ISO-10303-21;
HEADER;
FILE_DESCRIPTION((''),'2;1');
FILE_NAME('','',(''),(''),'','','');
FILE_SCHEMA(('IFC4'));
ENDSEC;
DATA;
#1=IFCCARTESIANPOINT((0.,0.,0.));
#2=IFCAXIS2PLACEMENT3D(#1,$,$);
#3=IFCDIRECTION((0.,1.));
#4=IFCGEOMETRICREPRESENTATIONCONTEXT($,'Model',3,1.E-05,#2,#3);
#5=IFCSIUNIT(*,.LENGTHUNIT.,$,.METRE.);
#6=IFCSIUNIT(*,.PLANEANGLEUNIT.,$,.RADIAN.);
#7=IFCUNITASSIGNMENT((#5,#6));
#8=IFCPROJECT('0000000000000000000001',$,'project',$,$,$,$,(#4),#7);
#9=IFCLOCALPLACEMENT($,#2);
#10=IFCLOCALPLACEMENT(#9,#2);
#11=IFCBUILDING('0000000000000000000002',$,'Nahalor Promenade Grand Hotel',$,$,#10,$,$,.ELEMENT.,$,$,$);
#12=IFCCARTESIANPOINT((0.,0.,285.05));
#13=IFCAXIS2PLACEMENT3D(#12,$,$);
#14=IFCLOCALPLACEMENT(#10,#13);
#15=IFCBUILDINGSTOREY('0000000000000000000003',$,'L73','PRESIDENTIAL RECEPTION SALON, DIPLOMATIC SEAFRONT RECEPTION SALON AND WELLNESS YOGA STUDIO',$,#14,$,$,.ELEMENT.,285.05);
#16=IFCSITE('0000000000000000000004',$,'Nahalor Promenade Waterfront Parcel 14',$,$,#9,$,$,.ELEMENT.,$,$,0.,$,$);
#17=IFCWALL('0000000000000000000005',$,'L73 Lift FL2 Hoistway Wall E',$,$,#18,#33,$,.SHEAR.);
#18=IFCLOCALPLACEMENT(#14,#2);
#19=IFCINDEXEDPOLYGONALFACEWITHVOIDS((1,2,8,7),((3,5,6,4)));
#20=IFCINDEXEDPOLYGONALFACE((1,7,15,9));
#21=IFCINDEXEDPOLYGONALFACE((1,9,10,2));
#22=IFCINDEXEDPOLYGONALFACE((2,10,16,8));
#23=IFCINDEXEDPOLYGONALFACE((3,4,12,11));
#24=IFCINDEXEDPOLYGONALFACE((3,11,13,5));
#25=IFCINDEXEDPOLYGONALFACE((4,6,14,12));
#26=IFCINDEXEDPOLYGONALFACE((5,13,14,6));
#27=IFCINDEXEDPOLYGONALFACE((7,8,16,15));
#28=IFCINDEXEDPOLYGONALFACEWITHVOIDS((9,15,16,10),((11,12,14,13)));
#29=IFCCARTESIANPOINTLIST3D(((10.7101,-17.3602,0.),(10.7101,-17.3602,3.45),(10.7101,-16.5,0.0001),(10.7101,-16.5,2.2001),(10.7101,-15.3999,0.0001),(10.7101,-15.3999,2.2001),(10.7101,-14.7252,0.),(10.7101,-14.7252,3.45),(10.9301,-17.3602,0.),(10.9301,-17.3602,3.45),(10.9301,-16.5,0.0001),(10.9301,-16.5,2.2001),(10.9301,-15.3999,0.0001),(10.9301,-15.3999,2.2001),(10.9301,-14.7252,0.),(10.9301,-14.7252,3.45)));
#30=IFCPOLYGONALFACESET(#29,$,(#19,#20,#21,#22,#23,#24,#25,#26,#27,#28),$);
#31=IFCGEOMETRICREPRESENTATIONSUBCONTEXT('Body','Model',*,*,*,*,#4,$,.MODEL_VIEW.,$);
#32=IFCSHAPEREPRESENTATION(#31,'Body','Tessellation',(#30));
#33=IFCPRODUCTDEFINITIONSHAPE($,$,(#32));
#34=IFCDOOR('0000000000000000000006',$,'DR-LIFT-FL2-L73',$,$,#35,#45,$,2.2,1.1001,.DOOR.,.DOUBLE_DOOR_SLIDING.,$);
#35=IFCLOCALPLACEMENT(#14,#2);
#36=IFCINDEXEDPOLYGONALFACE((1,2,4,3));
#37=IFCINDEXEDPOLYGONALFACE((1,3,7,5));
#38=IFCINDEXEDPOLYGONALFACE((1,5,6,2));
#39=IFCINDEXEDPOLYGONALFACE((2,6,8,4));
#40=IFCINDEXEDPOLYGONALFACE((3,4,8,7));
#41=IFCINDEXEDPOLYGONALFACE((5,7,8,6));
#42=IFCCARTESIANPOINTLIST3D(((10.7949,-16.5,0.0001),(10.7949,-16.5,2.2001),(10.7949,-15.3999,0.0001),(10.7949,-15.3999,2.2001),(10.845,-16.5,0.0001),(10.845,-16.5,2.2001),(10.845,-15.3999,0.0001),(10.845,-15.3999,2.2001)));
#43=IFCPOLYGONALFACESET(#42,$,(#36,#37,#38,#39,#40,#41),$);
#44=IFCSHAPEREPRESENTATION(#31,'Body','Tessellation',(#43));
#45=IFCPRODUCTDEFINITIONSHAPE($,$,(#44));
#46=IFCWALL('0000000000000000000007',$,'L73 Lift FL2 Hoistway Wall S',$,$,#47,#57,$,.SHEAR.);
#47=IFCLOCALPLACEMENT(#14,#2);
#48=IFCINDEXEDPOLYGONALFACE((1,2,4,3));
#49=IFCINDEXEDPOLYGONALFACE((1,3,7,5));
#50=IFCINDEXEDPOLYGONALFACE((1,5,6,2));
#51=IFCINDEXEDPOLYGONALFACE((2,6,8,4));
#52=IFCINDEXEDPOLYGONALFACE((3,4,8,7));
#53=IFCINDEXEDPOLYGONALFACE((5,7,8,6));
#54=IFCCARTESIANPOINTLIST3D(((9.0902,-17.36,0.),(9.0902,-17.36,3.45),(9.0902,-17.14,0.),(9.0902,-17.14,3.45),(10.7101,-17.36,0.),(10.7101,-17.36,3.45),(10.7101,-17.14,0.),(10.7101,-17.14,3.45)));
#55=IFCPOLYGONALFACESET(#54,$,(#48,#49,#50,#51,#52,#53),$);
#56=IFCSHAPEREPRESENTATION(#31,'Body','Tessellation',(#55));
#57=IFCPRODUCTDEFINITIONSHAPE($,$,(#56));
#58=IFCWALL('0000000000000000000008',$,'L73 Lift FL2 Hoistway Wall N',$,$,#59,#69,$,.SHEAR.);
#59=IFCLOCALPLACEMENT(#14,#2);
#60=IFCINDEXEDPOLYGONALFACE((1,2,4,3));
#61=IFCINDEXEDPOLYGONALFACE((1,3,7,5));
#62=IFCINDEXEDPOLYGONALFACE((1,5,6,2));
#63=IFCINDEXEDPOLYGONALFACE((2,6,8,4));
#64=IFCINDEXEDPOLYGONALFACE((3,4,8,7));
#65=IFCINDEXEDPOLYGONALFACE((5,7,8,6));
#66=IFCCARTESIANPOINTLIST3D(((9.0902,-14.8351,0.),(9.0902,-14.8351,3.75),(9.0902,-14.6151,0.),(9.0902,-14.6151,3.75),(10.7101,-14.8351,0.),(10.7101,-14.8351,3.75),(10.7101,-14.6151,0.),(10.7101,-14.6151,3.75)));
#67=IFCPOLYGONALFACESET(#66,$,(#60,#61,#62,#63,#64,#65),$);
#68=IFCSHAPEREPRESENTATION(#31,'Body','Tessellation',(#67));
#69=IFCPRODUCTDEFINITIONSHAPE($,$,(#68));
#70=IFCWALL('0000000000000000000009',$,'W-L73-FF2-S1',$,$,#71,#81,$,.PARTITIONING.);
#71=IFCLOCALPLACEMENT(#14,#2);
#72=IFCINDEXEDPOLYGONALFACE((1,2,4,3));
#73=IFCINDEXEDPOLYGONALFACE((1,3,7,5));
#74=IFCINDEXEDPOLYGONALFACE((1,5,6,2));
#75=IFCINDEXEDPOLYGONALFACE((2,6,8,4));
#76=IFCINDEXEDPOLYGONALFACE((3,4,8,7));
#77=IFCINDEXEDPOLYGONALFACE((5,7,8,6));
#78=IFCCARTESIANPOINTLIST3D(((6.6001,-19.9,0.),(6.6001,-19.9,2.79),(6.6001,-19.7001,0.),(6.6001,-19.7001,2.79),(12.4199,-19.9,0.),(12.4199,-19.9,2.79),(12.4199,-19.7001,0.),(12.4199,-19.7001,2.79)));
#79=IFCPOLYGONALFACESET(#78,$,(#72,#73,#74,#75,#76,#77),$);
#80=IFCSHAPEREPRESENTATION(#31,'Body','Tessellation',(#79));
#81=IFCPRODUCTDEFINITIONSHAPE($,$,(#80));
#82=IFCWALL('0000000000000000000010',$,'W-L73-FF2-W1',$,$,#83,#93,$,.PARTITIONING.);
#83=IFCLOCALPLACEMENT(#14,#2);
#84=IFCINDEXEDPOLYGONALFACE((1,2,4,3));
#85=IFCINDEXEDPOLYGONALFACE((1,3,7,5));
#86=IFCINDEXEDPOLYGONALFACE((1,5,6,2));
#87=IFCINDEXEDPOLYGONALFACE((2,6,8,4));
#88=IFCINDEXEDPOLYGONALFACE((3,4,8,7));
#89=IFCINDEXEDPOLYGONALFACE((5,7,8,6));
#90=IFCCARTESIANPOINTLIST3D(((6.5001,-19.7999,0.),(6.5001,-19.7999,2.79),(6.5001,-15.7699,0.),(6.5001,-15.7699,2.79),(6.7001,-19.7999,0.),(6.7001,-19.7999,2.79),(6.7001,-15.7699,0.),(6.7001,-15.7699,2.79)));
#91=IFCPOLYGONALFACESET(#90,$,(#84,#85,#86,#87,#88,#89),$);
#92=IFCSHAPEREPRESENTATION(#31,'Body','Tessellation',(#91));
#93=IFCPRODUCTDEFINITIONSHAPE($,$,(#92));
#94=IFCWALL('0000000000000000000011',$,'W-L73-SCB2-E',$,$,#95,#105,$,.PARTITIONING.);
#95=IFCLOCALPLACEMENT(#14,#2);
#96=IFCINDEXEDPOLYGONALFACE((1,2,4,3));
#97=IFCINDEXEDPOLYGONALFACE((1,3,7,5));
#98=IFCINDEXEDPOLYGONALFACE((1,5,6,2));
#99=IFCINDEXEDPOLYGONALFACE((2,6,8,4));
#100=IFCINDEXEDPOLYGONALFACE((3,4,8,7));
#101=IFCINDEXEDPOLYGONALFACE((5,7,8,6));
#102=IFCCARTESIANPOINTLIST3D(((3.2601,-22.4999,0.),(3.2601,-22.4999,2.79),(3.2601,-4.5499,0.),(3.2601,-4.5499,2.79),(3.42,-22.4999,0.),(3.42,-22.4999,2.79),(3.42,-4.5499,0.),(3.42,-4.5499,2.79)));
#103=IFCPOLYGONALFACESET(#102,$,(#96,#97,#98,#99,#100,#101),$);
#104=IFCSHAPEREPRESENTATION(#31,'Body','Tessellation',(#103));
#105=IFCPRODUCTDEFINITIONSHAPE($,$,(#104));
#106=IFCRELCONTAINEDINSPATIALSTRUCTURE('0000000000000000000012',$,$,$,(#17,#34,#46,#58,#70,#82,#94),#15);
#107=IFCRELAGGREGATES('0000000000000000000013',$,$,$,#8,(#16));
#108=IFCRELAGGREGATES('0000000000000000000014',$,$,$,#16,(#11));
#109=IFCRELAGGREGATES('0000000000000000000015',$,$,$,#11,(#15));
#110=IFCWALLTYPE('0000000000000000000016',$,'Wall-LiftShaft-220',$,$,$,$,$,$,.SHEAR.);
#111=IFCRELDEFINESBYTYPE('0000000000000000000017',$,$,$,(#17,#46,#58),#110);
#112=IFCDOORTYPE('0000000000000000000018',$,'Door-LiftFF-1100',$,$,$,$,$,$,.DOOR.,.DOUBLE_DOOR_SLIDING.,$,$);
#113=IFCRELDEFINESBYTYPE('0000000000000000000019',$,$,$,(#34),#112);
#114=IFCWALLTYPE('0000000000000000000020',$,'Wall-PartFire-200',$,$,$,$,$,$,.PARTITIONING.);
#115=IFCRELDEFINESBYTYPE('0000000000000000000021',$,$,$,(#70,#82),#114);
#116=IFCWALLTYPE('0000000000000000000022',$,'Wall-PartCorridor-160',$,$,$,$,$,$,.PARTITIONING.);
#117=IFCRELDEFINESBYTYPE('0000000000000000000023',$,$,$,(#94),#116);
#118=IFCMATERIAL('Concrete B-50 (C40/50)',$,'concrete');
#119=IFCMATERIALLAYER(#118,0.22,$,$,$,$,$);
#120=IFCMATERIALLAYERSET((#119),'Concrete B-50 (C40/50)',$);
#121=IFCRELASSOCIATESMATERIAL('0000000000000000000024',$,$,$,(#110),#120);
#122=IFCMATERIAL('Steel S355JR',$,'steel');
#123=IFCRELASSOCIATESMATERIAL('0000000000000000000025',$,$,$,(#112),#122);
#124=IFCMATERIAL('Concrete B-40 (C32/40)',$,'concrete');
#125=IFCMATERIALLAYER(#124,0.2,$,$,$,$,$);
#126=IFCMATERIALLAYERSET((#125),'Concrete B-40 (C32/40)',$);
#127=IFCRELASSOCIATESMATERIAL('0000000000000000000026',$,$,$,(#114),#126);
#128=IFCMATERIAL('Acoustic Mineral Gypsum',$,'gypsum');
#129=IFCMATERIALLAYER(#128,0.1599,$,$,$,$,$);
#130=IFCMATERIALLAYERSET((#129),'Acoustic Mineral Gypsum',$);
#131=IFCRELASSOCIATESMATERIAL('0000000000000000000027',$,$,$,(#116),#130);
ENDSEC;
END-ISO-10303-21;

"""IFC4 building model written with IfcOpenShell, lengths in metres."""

from ifc_helpers import new_model, si_unit, direction, frame, frame_2d, origin, place, context, subcontext, project, spatial, rectangle, extrude, source, transform, mapped, material, layer, layer_set, type_object, element, fill, save


model = new_model("IFC4")

# Units and contexts
model_context = context("Model", 3, precision=1e-05, world=origin(), true_north=direction((0.0, 1.0)))
body_context = subcontext(model_context, "Body", "Model", "MODEL_VIEW")
ifc_project = project(units=[si_unit("LENGTHUNIT", "METRE"), si_unit("PLANEANGLEUNIT", "RADIAN")], contexts=[model_context])

# Site, building, storey
site_placement = place(None, origin())
site = spatial("IfcSite", under=ifc_project, at=site_placement, Name="Nahalor Promenade Waterfront Parcel 14", CompositionType="ELEMENT", RefElevation=0.0)
building_placement = place(site_placement, origin())
building = spatial("IfcBuilding", under=site, at=building_placement, Name="Nahalor Promenade Grand Hotel", CompositionType="ELEMENT")
storey_placement = place(building_placement, frame((0.0, 0.0, 285.05)))
storey = spatial("IfcBuildingStorey", under=building, at=storey_placement, Name="L73", Description="PRESIDENTIAL RECEPTION SALON, DIPLOMATIC SEAFRONT RECEPTION SALON AND WELLNESS YOGA STUDIO", CompositionType="ELEMENT", Elevation=285.05)

# Shared definitions
ifc_material_1 = material(Name="Concrete B-50 (C40/50)", Category="concrete")
ifc_material_2 = material(Name="Steel S355JR", Category="steel")

# Shared definitions
ifc_layer_1 = layer(ifc_material_1, 0.22)
ifc_layer_set_1 = layer_set([ifc_layer_1], Name="Concrete B-50 (C40/50)")
wall_type_1 = type_object("IfcWallType", Name="Wall-LiftShaft-220", PredefinedType="SHEAR", material=ifc_layer_set_1)

# Shared definitions
shared_shape_1 = source(origin(), body_context, "Body", "SweptSolid", [
    extrude(rectangle(XDim=2.635, YDim=0.22, at=frame_2d((1.3174, 0.0))), origin(), (0.0, 0.0, 1.0), 3.45),
])

# Wall, opening, door
wall_1_placement = place(storey_placement, frame((10.8201, -17.3601, 0.0), z_axis=(0.0, 0.0, 1.0), x_axis=(0.0, 1.0, 0.0)))
wall_1 = element("IfcWall", 1, at=wall_1_placement, inside=storey, type_object=wall_type_1, Name="L73 Lift FL2 Hoistway Wall E", PredefinedType="SHEAR", context=body_context, shape_type="MappedRepresentation", body=[
    mapped(shared_shape_1, transform((0.0, 0.0, 0.0), scale=1.0)),
])
opening_1_placement = place(wall_1_placement, frame((0.8601, 0.0, 0.0)))
opening_1 = element("IfcOpeningElement", 2, at=opening_1_placement, cuts=wall_1, PredefinedType="OPENING", context=body_context, shape_type="SweptSolid", body=[
    extrude(rectangle(XDim=1.1001, YDim=2.2, at=frame_2d((0.55, 1.1001))), frame((0.0, 0.1199, 0.0), z_axis=(0.0, -1.0, 0.0), x_axis=(1.0, 0.0, 0.0)), (0.0, 0.0, 1.0), 0.24),
])
door_type_1 = type_object("IfcDoorType", Name="Door-LiftFF-1100", OperationType="DOUBLE_DOOR_SLIDING", PredefinedType="DOOR", material=ifc_material_2)
shared_shape_2 = source(origin(), body_context, "Body", "SweptSolid", [
    extrude(rectangle(XDim=1.1001, YDim=2.2, at=frame_2d((0.55, 1.1001))), frame((0.0, 0.0249, 0.0), z_axis=(0.0, -1.0, 0.0), x_axis=(1.0, 0.0, 0.0)), (0.0, 0.0, 1.0), 0.05),
])
door_1_placement = place(opening_1_placement, frame((1.1001, 0.0, 0.0), z_axis=(0.0, 0.0, 1.0), x_axis=(-1.0, 0.0, 0.0)))
door_1 = element("IfcDoor", 3, at=door_1_placement, inside=storey, type_object=door_type_1, Name="DR-LIFT-FL2-L73", OperationType="DOUBLE_DOOR_SLIDING", OverallHeight=2.2, OverallWidth=1.1001, PredefinedType="DOOR", context=body_context, shape_type="MappedRepresentation", body=[
    mapped(shared_shape_2, transform((0.0, 0.0, 0.0), scale=1.0)),
])
fill(opening_1, door_1)

# Walls
shared_shape_3 = source(origin(), body_context, "Body", "SweptSolid", [
    extrude(rectangle(XDim=1.6199, YDim=0.22, at=frame_2d((0.8101, 0.0))), origin(), (0.0, 0.0, 1.0), 3.45),
])
wall_2_placement = place(storey_placement, frame((9.0901, -17.25, 0.0), z_axis=(0.0, 0.0, 1.0), x_axis=(1.0, 0.0, 0.0)))
element("IfcWall", 4, at=wall_2_placement, inside=storey, type_object=wall_type_1, Name="L73 Lift FL2 Hoistway Wall S", PredefinedType="SHEAR", context=body_context, shape_type="MappedRepresentation", body=[
    mapped(shared_shape_3, transform((0.0, 0.0, 0.0), scale=1.0)),
])
shared_shape_4 = source(origin(), body_context, "Body", "SweptSolid", [
    extrude(rectangle(XDim=1.6199, YDim=0.22, at=frame_2d((0.8101, 0.0))), origin(), (0.0, 0.0, 1.0), 3.75),
])
wall_3_placement = place(storey_placement, frame((9.0901, -14.7251, 0.0), z_axis=(0.0, 0.0, 1.0), x_axis=(1.0, 0.0, 0.0)))
element("IfcWall", 5, at=wall_3_placement, inside=storey, type_object=wall_type_1, Name="L73 Lift FL2 Hoistway Wall N", PredefinedType="SHEAR", context=body_context, shape_type="MappedRepresentation", body=[
    mapped(shared_shape_4, transform((0.0, 0.0, 0.0), scale=1.0)),
])
ifc_material_3 = material(Name="Concrete B-40 (C32/40)", Category="concrete")
ifc_layer_2 = layer(ifc_material_3, 0.2)
ifc_layer_set_2 = layer_set([ifc_layer_2], Name="Concrete B-40 (C32/40)")
wall_type_2 = type_object("IfcWallType", Name="Wall-PartFire-200", PredefinedType="PARTITIONING", material=ifc_layer_set_2)
shared_shape_5 = source(origin(), body_context, "Body", "SweptSolid", [
    extrude(rectangle(XDim=5.8198, YDim=0.2, at=frame_2d((2.9099, 0.0))), origin(), (0.0, 0.0, 1.0), 2.79),
])
wall_4_placement = place(storey_placement, frame((6.6001, -19.8, 0.0), z_axis=(0.0, 0.0, 1.0), x_axis=(1.0, 0.0, 0.0)))
element("IfcWall", 6, at=wall_4_placement, inside=storey, type_object=wall_type_2, Name="W-L73-FF2-S1", PredefinedType="PARTITIONING", context=body_context, shape_type="MappedRepresentation", body=[
    mapped(shared_shape_5, transform((0.0, 0.0, 0.0), scale=1.0)),
])
shared_shape_6 = source(origin(), body_context, "Body", "SweptSolid", [
    extrude(rectangle(XDim=4.03, YDim=0.2, at=frame_2d((2.0151, 0.0))), origin(), (0.0, 0.0, 1.0), 2.79),
])
wall_5_placement = place(storey_placement, frame((6.6001, -19.8, 0.0), z_axis=(0.0, 0.0, 1.0), x_axis=(0.0, 1.0, 0.0)))
element("IfcWall", 7, at=wall_5_placement, inside=storey, type_object=wall_type_2, Name="W-L73-FF2-W1", PredefinedType="PARTITIONING", context=body_context, shape_type="MappedRepresentation", body=[
    mapped(shared_shape_6, transform((0.0, 0.0, 0.0), scale=1.0)),
])
ifc_material_4 = material(Name="Acoustic Mineral Gypsum", Category="gypsum")
ifc_layer_3 = layer(ifc_material_4, 0.1599)
ifc_layer_set_3 = layer_set([ifc_layer_3], Name="Acoustic Mineral Gypsum")
wall_type_3 = type_object("IfcWallType", Name="Wall-PartCorridor-160", PredefinedType="PARTITIONING", material=ifc_layer_set_3)
shared_shape_7 = source(origin(), body_context, "Body", "SweptSolid", [
    extrude(rectangle(XDim=17.95, YDim=0.1599, at=frame_2d((8.9751, 0.0))), origin(), (0.0, 0.0, 1.0), 2.79),
])
wall_6_placement = place(storey_placement, frame((3.3401, -22.5, 0.0), z_axis=(0.0, 0.0, 1.0), x_axis=(0.0, 1.0, 0.0)))
element("IfcWall", 8, at=wall_6_placement, inside=storey, type_object=wall_type_3, Name="W-L73-SCB2-E", PredefinedType="PARTITIONING", context=body_context, shape_type="MappedRepresentation", body=[
    mapped(shared_shape_7, transform((0.0, 0.0, 0.0), scale=1.0)),
])

save(model, "model.ifc")
